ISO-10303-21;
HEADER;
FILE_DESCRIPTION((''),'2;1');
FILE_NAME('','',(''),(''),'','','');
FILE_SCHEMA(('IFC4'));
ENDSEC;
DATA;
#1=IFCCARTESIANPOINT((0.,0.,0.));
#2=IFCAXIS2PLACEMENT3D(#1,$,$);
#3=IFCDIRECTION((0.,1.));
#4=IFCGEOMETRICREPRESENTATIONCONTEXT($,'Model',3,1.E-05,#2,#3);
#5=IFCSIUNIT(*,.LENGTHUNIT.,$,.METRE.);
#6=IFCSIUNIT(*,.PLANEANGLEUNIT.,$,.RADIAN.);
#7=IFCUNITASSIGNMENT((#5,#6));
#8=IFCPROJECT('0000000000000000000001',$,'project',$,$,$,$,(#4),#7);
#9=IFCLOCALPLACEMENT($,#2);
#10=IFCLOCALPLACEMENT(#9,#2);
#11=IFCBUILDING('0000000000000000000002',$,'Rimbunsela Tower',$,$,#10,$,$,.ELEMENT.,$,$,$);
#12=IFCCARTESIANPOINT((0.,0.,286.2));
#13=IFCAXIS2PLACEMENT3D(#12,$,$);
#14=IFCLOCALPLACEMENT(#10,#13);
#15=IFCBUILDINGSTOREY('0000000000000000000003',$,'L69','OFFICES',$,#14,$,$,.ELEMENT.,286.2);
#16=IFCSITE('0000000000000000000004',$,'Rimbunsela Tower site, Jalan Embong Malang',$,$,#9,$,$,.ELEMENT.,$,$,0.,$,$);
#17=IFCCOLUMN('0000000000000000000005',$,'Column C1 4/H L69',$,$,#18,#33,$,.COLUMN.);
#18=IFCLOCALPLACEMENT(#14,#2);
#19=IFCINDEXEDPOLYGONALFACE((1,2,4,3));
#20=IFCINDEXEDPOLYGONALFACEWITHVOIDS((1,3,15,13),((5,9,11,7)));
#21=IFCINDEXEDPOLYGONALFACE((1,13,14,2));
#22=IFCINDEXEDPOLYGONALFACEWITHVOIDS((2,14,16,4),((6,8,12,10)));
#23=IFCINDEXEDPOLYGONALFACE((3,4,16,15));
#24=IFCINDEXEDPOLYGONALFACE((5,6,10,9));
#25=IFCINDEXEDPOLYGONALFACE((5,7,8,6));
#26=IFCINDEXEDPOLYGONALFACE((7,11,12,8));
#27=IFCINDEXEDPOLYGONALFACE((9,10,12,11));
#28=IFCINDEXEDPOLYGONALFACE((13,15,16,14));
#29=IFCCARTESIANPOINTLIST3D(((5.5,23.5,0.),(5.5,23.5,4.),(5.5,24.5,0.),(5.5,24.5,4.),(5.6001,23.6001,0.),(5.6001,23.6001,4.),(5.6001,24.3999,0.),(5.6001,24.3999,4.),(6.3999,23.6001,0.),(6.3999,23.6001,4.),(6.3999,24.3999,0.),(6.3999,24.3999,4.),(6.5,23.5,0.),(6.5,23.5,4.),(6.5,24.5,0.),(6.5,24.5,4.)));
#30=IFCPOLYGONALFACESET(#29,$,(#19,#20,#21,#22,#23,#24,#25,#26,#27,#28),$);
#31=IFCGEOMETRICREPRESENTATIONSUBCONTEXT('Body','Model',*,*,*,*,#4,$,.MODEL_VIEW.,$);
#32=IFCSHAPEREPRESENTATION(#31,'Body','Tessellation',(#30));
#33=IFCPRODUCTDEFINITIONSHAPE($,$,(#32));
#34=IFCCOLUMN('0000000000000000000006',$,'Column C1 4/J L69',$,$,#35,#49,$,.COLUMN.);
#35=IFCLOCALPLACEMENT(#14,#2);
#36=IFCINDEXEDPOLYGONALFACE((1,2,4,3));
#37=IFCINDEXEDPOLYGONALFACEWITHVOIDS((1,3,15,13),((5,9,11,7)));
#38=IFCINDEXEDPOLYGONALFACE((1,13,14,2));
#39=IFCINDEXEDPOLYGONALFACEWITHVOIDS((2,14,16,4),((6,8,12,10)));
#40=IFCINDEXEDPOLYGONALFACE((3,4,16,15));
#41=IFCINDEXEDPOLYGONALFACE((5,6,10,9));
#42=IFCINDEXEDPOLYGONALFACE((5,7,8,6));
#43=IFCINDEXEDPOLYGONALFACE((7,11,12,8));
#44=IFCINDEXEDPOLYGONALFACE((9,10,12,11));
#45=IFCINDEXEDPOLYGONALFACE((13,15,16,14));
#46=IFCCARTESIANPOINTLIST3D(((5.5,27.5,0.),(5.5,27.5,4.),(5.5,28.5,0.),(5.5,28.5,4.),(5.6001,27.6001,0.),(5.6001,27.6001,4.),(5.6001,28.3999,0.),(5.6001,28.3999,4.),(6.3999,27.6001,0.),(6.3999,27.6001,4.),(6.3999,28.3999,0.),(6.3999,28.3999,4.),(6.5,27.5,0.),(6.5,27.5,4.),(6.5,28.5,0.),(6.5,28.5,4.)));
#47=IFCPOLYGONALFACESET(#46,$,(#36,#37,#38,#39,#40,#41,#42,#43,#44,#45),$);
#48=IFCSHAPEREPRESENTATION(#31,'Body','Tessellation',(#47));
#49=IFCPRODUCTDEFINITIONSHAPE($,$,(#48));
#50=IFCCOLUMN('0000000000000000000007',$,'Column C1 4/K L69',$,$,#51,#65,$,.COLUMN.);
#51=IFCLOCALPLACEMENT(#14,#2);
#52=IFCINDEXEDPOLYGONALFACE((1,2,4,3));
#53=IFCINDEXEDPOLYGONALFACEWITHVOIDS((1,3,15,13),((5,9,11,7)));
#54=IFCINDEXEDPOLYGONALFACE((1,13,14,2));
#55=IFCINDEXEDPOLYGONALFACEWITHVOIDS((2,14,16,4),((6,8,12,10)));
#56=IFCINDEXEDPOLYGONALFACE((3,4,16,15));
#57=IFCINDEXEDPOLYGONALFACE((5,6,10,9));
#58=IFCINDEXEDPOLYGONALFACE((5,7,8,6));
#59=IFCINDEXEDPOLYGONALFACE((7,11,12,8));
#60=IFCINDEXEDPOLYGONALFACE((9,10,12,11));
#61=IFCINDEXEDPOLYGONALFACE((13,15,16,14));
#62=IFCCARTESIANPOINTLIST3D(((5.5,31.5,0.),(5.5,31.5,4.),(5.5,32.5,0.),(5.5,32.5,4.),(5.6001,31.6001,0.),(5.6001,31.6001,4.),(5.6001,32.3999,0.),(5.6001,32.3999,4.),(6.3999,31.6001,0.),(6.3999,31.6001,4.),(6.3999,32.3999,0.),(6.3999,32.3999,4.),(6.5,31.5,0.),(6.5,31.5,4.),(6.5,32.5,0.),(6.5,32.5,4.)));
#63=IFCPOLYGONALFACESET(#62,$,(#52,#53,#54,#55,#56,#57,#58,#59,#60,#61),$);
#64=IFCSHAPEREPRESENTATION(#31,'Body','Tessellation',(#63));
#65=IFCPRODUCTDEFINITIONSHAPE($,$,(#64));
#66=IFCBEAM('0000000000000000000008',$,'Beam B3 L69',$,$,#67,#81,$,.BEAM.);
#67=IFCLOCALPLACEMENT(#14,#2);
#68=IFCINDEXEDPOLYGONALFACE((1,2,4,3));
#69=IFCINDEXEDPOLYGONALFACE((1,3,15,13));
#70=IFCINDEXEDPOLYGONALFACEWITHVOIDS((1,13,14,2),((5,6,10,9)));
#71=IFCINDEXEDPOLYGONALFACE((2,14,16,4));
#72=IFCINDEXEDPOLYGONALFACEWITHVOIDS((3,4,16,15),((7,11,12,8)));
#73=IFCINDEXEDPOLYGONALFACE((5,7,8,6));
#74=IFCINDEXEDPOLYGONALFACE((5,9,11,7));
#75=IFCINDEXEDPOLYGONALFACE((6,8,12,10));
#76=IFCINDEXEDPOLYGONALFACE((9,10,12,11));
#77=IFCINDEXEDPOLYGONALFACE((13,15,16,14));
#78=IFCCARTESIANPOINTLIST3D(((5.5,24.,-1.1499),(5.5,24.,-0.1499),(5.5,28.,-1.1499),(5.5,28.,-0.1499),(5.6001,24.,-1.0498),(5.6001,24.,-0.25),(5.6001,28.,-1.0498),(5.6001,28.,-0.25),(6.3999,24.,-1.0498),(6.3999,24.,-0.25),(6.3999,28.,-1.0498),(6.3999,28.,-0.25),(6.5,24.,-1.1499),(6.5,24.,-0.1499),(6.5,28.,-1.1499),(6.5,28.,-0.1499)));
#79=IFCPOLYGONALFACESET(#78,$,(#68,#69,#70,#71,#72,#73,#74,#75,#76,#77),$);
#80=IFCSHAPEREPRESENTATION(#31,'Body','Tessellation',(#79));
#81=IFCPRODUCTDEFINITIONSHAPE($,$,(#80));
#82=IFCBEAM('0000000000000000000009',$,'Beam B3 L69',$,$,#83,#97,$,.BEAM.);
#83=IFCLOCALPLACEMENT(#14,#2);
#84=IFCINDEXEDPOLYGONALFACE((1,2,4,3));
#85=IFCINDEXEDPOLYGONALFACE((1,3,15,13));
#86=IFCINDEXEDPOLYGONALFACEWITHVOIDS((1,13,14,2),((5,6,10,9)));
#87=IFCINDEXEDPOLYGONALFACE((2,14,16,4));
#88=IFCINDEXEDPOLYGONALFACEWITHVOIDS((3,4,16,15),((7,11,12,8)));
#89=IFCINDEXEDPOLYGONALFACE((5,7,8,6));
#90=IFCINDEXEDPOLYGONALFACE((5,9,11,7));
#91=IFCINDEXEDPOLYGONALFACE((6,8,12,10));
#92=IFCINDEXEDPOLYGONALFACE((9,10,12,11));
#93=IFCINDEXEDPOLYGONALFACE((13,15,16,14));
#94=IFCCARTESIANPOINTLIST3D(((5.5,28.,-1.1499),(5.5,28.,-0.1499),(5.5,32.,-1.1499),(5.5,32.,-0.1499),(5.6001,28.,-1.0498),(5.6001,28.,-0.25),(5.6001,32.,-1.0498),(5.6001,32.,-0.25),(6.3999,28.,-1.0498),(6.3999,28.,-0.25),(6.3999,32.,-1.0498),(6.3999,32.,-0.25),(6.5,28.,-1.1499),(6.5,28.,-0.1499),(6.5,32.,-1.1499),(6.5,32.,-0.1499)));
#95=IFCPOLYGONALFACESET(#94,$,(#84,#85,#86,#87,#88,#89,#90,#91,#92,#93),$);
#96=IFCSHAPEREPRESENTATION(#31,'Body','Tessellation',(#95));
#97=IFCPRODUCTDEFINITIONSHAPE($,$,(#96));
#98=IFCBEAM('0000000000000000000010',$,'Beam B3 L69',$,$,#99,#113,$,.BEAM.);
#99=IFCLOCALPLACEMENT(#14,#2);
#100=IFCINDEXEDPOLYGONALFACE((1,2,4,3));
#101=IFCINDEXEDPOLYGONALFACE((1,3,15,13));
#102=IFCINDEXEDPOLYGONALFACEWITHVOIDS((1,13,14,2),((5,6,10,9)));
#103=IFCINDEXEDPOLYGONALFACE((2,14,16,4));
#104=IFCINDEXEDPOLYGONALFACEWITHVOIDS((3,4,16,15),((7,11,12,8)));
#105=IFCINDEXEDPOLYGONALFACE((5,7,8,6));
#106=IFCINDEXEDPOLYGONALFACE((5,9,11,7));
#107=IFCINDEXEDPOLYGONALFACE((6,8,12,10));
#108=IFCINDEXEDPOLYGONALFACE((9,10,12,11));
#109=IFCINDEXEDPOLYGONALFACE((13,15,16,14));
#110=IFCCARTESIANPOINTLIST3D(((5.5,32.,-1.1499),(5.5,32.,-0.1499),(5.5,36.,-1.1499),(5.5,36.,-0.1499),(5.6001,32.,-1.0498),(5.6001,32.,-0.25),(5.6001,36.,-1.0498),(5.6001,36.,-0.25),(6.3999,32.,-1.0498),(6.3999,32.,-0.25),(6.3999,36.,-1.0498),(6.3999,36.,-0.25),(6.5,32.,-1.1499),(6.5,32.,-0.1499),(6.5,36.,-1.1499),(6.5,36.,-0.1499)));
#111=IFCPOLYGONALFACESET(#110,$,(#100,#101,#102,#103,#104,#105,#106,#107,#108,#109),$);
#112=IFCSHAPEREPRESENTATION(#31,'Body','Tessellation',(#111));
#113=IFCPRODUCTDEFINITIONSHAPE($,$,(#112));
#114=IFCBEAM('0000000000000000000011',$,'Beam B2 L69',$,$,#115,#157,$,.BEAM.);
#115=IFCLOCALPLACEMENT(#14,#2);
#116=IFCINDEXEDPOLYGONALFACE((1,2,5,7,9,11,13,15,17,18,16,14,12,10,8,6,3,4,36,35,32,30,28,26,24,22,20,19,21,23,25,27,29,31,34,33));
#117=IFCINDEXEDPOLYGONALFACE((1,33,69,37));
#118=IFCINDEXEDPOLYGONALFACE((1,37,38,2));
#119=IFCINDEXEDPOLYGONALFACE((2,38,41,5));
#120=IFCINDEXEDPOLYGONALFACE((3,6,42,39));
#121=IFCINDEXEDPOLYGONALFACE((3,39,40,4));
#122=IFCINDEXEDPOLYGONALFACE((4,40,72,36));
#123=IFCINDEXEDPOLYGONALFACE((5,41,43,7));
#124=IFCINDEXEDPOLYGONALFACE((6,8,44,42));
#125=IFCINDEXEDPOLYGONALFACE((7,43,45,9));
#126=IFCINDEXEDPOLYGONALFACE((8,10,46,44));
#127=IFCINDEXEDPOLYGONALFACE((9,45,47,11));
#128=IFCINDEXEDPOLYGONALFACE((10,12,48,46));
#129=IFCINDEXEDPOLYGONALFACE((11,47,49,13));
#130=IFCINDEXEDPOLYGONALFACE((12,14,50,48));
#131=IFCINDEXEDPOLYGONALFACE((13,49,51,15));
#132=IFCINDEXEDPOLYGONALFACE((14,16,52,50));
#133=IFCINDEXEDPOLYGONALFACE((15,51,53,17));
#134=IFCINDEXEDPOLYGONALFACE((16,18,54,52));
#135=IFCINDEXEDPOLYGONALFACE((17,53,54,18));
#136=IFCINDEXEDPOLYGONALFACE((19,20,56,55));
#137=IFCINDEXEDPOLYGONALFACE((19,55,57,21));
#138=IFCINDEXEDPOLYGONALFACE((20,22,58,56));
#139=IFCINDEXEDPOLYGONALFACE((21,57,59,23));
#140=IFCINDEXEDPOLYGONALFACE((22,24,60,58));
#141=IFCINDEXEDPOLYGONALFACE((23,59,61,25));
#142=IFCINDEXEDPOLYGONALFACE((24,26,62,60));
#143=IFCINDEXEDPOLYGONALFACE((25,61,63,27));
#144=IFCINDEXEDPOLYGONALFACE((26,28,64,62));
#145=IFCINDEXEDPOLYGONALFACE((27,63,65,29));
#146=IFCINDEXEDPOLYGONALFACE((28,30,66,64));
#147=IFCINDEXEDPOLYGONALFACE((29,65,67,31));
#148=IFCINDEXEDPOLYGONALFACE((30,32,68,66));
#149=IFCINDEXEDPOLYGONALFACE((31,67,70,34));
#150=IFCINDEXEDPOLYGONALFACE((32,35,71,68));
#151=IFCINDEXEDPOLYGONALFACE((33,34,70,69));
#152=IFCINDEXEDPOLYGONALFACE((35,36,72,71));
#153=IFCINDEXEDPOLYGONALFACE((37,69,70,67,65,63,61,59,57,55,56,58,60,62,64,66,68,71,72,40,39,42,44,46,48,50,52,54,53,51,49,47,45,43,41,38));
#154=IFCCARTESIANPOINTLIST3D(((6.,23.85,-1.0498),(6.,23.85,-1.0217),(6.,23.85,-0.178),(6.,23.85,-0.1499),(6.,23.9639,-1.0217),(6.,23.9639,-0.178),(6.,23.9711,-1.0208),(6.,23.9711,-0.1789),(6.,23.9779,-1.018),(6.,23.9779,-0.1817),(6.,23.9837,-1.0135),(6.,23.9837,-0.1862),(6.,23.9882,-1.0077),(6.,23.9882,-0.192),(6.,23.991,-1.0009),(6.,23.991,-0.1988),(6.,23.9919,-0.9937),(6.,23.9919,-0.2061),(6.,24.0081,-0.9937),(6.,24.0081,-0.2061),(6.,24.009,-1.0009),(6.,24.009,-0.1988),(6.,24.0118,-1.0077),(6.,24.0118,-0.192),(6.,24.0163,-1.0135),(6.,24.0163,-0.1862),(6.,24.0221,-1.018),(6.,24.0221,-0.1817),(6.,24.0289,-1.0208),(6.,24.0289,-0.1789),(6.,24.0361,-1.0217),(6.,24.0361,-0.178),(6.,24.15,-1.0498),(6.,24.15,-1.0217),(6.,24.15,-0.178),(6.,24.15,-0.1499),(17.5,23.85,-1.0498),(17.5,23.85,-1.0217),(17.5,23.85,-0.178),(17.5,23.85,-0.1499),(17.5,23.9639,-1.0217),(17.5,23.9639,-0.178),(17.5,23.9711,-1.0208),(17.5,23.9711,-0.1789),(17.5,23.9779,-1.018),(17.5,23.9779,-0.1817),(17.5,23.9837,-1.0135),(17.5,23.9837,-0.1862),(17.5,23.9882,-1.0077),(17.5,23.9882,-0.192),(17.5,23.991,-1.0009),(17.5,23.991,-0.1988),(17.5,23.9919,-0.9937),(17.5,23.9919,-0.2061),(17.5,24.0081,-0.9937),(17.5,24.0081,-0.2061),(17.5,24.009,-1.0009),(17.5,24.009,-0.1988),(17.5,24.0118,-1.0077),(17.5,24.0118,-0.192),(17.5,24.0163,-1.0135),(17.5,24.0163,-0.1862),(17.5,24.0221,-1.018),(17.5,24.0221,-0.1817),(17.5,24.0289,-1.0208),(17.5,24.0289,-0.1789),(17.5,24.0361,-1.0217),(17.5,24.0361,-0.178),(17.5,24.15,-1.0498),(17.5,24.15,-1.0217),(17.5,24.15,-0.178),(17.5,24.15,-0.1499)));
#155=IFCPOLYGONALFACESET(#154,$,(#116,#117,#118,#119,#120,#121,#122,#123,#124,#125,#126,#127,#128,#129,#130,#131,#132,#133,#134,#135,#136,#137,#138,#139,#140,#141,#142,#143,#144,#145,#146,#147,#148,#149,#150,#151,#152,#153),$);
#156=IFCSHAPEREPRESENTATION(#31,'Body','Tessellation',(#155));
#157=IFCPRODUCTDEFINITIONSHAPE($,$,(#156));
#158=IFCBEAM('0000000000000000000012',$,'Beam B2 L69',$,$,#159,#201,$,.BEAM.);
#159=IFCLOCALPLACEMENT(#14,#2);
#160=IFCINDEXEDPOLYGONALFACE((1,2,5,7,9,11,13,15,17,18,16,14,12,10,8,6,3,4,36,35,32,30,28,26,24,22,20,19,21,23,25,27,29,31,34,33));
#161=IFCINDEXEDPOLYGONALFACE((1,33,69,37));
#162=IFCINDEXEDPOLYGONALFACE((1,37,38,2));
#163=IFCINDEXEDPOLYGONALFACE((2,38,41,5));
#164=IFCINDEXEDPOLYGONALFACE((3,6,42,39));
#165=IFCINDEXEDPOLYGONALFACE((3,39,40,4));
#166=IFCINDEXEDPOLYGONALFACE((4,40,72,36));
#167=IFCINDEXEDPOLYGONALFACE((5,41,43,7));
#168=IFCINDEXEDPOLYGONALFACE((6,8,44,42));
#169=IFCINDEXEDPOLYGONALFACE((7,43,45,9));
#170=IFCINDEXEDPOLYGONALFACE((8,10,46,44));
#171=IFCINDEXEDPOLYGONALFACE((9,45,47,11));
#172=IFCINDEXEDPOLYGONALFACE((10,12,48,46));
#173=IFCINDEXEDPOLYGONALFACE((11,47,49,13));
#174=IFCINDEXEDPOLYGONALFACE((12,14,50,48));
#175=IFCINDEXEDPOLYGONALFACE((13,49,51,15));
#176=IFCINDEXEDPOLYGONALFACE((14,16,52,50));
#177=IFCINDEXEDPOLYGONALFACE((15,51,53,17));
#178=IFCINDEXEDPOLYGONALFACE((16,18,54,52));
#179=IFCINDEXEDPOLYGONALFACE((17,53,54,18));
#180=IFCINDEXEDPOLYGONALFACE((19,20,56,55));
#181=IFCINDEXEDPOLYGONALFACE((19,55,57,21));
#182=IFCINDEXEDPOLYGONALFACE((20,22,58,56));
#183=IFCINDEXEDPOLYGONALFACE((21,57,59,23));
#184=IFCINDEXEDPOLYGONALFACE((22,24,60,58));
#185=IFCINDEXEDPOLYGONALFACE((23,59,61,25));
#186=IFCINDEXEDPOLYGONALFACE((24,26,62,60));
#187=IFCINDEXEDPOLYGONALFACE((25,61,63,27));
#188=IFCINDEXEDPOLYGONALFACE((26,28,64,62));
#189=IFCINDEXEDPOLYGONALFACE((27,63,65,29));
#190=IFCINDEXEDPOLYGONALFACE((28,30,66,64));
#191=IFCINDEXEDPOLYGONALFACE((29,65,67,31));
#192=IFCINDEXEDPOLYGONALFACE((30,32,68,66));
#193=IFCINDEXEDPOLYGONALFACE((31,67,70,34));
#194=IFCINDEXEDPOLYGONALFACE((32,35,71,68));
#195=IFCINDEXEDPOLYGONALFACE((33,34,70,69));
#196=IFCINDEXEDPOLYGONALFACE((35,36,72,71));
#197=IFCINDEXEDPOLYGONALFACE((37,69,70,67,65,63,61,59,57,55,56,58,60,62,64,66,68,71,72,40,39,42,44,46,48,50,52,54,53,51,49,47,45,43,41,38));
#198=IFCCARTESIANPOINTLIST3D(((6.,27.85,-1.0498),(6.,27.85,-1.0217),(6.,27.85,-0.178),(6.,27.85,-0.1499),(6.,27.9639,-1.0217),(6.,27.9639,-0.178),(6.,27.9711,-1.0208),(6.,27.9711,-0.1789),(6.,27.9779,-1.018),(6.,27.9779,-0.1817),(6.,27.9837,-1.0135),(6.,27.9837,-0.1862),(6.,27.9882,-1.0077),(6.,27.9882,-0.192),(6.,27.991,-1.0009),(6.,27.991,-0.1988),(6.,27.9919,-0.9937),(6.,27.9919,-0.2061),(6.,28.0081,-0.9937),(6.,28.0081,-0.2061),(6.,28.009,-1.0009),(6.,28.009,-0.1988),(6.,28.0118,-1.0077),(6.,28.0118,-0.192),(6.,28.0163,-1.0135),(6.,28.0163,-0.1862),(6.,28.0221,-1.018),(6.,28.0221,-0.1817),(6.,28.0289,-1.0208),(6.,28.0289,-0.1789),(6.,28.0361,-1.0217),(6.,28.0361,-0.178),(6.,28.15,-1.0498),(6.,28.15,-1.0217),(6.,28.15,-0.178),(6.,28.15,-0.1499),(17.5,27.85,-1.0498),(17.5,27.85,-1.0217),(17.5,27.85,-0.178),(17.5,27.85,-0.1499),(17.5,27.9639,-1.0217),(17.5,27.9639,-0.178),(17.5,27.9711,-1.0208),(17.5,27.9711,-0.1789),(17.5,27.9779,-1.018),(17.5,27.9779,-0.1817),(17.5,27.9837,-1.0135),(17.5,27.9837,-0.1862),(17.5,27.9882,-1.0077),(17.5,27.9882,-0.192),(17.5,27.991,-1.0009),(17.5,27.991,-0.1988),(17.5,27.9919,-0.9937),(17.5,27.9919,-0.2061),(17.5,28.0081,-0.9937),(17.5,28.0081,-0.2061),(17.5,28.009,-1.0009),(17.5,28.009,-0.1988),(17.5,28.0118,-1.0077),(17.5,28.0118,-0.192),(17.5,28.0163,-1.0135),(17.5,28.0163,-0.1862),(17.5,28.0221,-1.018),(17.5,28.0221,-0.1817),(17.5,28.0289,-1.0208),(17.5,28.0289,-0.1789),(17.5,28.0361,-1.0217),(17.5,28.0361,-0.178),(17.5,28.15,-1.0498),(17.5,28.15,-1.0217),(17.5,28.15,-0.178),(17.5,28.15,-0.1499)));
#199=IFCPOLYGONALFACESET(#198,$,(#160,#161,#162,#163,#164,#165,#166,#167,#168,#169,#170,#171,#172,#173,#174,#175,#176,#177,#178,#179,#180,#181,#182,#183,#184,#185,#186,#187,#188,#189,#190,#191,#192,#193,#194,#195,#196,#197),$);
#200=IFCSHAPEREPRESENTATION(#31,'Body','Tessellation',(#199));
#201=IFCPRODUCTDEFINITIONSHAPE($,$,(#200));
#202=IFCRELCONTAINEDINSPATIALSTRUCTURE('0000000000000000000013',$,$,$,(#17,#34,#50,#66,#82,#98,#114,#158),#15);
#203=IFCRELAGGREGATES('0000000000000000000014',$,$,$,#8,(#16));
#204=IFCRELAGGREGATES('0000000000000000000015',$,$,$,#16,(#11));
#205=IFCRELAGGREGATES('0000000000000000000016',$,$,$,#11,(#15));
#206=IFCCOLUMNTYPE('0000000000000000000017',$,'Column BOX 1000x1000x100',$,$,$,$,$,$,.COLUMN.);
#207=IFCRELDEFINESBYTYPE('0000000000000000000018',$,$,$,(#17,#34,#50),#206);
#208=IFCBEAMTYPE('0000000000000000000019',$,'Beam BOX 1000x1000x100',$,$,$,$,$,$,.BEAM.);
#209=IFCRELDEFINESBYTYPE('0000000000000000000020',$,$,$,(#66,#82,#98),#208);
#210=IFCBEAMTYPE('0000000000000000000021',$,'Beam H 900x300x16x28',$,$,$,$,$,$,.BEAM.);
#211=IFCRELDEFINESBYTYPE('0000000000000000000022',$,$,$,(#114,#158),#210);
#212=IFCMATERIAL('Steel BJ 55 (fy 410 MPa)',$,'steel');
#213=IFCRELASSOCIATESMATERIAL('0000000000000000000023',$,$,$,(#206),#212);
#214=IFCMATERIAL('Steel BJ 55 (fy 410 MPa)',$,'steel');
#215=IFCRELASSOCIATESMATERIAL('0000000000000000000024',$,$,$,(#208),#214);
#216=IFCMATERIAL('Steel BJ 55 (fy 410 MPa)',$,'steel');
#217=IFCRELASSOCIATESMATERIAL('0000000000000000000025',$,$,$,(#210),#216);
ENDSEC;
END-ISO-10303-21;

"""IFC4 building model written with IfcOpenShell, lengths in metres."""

from ifc_helpers import new_model, si_unit, direction, frame, origin, origin_2d, place, context, subcontext, project, spatial, hollow_rectangle, i_section, extrude, material, material_profile, profile_set, type_object, element, save


model = new_model("IFC4")

# Units and contexts
model_context = context("Model", 3, precision=1e-05, world=origin(), true_north=direction((0.0, 1.0)))
body_context = subcontext(model_context, "Body", "Model", "MODEL_VIEW")
ifc_project = project(units=[si_unit("LENGTHUNIT", "METRE"), si_unit("PLANEANGLEUNIT", "RADIAN")], contexts=[model_context])

# Site, building, storey
site_placement = place(None, origin())
site = spatial("IfcSite", under=ifc_project, at=site_placement, Name="Rimbunsela Tower site, Jalan Embong Malang", CompositionType="ELEMENT", RefElevation=0.0)
building_placement = place(site_placement, origin())
building = spatial("IfcBuilding", under=site, at=building_placement, Name="Rimbunsela Tower", CompositionType="ELEMENT")
storey_placement = place(building_placement, frame((0.0, 0.0, 286.2)))
storey = spatial("IfcBuildingStorey", under=building, at=storey_placement, Name="L69", Description="OFFICES", CompositionType="ELEMENT", Elevation=286.2)

# Columns
ifc_material_1 = material(Name="Steel BJ 55 (fy 410 MPa)", Category="steel")
ifc_material_profile_1 = material_profile(ifc_material_1, hollow_rectangle(XDim=1.0, YDim=1.0, WallThickness=0.1001, at=origin_2d()), Name="BOX 1000x1000x100")
ifc_profile_set_1 = profile_set([ifc_material_profile_1], Name="Steel BJ 55 (fy 410 MPa)")
column_type = type_object("IfcColumnType", Name="Column BOX 1000x1000x100", PredefinedType="COLUMN", material=ifc_profile_set_1)
for number, where, z_axis, x_axis, name in (
    (1, (6.0, 24.0, 0.0), (0.0, 0.0, 1.0), (1.0, 0.0, 0.0), "Column C1 4/H L69"),
    (2, (6.0, 28.0, 0.0), (0.0, 0.0, 1.0), (1.0, 0.0, 0.0), "Column C1 4/J L69"),
    (3, (6.0, 32.0, 0.0), (0.0, 0.0, 1.0), (1.0, 0.0, 0.0), "Column C1 4/K L69"),
):
    element("IfcColumn", number, at=place(storey_placement, frame(where, z_axis=z_axis, x_axis=x_axis)), inside=storey, type_object=column_type, Name=name, PredefinedType="COLUMN", context=body_context, shape_type="SweptSolid", body=[
        extrude(hollow_rectangle(XDim=1.0, YDim=1.0, WallThickness=0.1001, at=origin_2d()), origin(), (0.0, 0.0, 1.0), 4.0),
    ])

# Beams
ifc_material_2 = material(Name="Steel BJ 55 (fy 410 MPa)", Category="steel")
ifc_material_profile_2 = material_profile(ifc_material_2, hollow_rectangle(XDim=1.0, YDim=1.0, WallThickness=0.1001, at=origin_2d()), Name="BOX 1000x1000x100")
ifc_profile_set_2 = profile_set([ifc_material_profile_2], Name="Steel BJ 55 (fy 410 MPa)")
beam_type_1 = type_object("IfcBeamType", Name="Beam BOX 1000x1000x100", PredefinedType="BEAM", material=ifc_profile_set_2)
for number, where, z_axis, x_axis, name in (
    (4, (6.0, 24.0, -0.6499), (0.0, 1.0, 0.0), (-1.0, 0.0, 0.0), "Beam B3 L69"),
    (5, (6.0, 28.0, -0.6499), (0.0, 1.0, 0.0), (-1.0, 0.0, 0.0), "Beam B3 L69"),
    (6, (6.0, 32.0, -0.6499), (0.0, 1.0, 0.0), (-1.0, 0.0, 0.0), "Beam B3 L69"),
):
    element("IfcBeam", number, at=place(storey_placement, frame(where, z_axis=z_axis, x_axis=x_axis)), inside=storey, type_object=beam_type_1, Name=name, PredefinedType="BEAM", context=body_context, shape_type="SweptSolid", body=[
        extrude(hollow_rectangle(XDim=1.0, YDim=1.0, WallThickness=0.1001, at=origin_2d()), origin(), (0.0, 0.0, 1.0), 4.0),
    ])
ifc_material_3 = material(Name="Steel BJ 55 (fy 410 MPa)", Category="steel")
ifc_material_profile_3 = material_profile(ifc_material_3, i_section(OverallWidth=0.3, OverallDepth=0.8999, WebThickness=0.0161, FlangeThickness=0.0281, FilletRadius=0.0281, at=origin_2d()), Name="H 900x300x16x28")
ifc_profile_set_3 = profile_set([ifc_material_profile_3], Name="Steel BJ 55 (fy 410 MPa)")
beam_type_2 = type_object("IfcBeamType", Name="Beam H 900x300x16x28", PredefinedType="BEAM", material=ifc_profile_set_3)
for number, where, z_axis, x_axis, name in (
    (7, (6.0, 24.0, -0.5999), (1.0, 0.0, 0.0), (0.0, 1.0, 0.0), "Beam B2 L69"),
    (8, (6.0, 28.0, -0.5999), (1.0, 0.0, 0.0), (0.0, 1.0, 0.0), "Beam B2 L69"),
):
    element("IfcBeam", number, at=place(storey_placement, frame(where, z_axis=z_axis, x_axis=x_axis)), inside=storey, type_object=beam_type_2, Name=name, PredefinedType="BEAM", context=body_context, shape_type="SweptSolid", body=[
        extrude(i_section(OverallWidth=0.3, OverallDepth=0.8999, WebThickness=0.0161, FlangeThickness=0.0281, FilletRadius=0.0281, at=origin_2d()), origin(), (0.0, 0.0, 1.0), 11.5),
    ])

save(model, "model.ifc")
